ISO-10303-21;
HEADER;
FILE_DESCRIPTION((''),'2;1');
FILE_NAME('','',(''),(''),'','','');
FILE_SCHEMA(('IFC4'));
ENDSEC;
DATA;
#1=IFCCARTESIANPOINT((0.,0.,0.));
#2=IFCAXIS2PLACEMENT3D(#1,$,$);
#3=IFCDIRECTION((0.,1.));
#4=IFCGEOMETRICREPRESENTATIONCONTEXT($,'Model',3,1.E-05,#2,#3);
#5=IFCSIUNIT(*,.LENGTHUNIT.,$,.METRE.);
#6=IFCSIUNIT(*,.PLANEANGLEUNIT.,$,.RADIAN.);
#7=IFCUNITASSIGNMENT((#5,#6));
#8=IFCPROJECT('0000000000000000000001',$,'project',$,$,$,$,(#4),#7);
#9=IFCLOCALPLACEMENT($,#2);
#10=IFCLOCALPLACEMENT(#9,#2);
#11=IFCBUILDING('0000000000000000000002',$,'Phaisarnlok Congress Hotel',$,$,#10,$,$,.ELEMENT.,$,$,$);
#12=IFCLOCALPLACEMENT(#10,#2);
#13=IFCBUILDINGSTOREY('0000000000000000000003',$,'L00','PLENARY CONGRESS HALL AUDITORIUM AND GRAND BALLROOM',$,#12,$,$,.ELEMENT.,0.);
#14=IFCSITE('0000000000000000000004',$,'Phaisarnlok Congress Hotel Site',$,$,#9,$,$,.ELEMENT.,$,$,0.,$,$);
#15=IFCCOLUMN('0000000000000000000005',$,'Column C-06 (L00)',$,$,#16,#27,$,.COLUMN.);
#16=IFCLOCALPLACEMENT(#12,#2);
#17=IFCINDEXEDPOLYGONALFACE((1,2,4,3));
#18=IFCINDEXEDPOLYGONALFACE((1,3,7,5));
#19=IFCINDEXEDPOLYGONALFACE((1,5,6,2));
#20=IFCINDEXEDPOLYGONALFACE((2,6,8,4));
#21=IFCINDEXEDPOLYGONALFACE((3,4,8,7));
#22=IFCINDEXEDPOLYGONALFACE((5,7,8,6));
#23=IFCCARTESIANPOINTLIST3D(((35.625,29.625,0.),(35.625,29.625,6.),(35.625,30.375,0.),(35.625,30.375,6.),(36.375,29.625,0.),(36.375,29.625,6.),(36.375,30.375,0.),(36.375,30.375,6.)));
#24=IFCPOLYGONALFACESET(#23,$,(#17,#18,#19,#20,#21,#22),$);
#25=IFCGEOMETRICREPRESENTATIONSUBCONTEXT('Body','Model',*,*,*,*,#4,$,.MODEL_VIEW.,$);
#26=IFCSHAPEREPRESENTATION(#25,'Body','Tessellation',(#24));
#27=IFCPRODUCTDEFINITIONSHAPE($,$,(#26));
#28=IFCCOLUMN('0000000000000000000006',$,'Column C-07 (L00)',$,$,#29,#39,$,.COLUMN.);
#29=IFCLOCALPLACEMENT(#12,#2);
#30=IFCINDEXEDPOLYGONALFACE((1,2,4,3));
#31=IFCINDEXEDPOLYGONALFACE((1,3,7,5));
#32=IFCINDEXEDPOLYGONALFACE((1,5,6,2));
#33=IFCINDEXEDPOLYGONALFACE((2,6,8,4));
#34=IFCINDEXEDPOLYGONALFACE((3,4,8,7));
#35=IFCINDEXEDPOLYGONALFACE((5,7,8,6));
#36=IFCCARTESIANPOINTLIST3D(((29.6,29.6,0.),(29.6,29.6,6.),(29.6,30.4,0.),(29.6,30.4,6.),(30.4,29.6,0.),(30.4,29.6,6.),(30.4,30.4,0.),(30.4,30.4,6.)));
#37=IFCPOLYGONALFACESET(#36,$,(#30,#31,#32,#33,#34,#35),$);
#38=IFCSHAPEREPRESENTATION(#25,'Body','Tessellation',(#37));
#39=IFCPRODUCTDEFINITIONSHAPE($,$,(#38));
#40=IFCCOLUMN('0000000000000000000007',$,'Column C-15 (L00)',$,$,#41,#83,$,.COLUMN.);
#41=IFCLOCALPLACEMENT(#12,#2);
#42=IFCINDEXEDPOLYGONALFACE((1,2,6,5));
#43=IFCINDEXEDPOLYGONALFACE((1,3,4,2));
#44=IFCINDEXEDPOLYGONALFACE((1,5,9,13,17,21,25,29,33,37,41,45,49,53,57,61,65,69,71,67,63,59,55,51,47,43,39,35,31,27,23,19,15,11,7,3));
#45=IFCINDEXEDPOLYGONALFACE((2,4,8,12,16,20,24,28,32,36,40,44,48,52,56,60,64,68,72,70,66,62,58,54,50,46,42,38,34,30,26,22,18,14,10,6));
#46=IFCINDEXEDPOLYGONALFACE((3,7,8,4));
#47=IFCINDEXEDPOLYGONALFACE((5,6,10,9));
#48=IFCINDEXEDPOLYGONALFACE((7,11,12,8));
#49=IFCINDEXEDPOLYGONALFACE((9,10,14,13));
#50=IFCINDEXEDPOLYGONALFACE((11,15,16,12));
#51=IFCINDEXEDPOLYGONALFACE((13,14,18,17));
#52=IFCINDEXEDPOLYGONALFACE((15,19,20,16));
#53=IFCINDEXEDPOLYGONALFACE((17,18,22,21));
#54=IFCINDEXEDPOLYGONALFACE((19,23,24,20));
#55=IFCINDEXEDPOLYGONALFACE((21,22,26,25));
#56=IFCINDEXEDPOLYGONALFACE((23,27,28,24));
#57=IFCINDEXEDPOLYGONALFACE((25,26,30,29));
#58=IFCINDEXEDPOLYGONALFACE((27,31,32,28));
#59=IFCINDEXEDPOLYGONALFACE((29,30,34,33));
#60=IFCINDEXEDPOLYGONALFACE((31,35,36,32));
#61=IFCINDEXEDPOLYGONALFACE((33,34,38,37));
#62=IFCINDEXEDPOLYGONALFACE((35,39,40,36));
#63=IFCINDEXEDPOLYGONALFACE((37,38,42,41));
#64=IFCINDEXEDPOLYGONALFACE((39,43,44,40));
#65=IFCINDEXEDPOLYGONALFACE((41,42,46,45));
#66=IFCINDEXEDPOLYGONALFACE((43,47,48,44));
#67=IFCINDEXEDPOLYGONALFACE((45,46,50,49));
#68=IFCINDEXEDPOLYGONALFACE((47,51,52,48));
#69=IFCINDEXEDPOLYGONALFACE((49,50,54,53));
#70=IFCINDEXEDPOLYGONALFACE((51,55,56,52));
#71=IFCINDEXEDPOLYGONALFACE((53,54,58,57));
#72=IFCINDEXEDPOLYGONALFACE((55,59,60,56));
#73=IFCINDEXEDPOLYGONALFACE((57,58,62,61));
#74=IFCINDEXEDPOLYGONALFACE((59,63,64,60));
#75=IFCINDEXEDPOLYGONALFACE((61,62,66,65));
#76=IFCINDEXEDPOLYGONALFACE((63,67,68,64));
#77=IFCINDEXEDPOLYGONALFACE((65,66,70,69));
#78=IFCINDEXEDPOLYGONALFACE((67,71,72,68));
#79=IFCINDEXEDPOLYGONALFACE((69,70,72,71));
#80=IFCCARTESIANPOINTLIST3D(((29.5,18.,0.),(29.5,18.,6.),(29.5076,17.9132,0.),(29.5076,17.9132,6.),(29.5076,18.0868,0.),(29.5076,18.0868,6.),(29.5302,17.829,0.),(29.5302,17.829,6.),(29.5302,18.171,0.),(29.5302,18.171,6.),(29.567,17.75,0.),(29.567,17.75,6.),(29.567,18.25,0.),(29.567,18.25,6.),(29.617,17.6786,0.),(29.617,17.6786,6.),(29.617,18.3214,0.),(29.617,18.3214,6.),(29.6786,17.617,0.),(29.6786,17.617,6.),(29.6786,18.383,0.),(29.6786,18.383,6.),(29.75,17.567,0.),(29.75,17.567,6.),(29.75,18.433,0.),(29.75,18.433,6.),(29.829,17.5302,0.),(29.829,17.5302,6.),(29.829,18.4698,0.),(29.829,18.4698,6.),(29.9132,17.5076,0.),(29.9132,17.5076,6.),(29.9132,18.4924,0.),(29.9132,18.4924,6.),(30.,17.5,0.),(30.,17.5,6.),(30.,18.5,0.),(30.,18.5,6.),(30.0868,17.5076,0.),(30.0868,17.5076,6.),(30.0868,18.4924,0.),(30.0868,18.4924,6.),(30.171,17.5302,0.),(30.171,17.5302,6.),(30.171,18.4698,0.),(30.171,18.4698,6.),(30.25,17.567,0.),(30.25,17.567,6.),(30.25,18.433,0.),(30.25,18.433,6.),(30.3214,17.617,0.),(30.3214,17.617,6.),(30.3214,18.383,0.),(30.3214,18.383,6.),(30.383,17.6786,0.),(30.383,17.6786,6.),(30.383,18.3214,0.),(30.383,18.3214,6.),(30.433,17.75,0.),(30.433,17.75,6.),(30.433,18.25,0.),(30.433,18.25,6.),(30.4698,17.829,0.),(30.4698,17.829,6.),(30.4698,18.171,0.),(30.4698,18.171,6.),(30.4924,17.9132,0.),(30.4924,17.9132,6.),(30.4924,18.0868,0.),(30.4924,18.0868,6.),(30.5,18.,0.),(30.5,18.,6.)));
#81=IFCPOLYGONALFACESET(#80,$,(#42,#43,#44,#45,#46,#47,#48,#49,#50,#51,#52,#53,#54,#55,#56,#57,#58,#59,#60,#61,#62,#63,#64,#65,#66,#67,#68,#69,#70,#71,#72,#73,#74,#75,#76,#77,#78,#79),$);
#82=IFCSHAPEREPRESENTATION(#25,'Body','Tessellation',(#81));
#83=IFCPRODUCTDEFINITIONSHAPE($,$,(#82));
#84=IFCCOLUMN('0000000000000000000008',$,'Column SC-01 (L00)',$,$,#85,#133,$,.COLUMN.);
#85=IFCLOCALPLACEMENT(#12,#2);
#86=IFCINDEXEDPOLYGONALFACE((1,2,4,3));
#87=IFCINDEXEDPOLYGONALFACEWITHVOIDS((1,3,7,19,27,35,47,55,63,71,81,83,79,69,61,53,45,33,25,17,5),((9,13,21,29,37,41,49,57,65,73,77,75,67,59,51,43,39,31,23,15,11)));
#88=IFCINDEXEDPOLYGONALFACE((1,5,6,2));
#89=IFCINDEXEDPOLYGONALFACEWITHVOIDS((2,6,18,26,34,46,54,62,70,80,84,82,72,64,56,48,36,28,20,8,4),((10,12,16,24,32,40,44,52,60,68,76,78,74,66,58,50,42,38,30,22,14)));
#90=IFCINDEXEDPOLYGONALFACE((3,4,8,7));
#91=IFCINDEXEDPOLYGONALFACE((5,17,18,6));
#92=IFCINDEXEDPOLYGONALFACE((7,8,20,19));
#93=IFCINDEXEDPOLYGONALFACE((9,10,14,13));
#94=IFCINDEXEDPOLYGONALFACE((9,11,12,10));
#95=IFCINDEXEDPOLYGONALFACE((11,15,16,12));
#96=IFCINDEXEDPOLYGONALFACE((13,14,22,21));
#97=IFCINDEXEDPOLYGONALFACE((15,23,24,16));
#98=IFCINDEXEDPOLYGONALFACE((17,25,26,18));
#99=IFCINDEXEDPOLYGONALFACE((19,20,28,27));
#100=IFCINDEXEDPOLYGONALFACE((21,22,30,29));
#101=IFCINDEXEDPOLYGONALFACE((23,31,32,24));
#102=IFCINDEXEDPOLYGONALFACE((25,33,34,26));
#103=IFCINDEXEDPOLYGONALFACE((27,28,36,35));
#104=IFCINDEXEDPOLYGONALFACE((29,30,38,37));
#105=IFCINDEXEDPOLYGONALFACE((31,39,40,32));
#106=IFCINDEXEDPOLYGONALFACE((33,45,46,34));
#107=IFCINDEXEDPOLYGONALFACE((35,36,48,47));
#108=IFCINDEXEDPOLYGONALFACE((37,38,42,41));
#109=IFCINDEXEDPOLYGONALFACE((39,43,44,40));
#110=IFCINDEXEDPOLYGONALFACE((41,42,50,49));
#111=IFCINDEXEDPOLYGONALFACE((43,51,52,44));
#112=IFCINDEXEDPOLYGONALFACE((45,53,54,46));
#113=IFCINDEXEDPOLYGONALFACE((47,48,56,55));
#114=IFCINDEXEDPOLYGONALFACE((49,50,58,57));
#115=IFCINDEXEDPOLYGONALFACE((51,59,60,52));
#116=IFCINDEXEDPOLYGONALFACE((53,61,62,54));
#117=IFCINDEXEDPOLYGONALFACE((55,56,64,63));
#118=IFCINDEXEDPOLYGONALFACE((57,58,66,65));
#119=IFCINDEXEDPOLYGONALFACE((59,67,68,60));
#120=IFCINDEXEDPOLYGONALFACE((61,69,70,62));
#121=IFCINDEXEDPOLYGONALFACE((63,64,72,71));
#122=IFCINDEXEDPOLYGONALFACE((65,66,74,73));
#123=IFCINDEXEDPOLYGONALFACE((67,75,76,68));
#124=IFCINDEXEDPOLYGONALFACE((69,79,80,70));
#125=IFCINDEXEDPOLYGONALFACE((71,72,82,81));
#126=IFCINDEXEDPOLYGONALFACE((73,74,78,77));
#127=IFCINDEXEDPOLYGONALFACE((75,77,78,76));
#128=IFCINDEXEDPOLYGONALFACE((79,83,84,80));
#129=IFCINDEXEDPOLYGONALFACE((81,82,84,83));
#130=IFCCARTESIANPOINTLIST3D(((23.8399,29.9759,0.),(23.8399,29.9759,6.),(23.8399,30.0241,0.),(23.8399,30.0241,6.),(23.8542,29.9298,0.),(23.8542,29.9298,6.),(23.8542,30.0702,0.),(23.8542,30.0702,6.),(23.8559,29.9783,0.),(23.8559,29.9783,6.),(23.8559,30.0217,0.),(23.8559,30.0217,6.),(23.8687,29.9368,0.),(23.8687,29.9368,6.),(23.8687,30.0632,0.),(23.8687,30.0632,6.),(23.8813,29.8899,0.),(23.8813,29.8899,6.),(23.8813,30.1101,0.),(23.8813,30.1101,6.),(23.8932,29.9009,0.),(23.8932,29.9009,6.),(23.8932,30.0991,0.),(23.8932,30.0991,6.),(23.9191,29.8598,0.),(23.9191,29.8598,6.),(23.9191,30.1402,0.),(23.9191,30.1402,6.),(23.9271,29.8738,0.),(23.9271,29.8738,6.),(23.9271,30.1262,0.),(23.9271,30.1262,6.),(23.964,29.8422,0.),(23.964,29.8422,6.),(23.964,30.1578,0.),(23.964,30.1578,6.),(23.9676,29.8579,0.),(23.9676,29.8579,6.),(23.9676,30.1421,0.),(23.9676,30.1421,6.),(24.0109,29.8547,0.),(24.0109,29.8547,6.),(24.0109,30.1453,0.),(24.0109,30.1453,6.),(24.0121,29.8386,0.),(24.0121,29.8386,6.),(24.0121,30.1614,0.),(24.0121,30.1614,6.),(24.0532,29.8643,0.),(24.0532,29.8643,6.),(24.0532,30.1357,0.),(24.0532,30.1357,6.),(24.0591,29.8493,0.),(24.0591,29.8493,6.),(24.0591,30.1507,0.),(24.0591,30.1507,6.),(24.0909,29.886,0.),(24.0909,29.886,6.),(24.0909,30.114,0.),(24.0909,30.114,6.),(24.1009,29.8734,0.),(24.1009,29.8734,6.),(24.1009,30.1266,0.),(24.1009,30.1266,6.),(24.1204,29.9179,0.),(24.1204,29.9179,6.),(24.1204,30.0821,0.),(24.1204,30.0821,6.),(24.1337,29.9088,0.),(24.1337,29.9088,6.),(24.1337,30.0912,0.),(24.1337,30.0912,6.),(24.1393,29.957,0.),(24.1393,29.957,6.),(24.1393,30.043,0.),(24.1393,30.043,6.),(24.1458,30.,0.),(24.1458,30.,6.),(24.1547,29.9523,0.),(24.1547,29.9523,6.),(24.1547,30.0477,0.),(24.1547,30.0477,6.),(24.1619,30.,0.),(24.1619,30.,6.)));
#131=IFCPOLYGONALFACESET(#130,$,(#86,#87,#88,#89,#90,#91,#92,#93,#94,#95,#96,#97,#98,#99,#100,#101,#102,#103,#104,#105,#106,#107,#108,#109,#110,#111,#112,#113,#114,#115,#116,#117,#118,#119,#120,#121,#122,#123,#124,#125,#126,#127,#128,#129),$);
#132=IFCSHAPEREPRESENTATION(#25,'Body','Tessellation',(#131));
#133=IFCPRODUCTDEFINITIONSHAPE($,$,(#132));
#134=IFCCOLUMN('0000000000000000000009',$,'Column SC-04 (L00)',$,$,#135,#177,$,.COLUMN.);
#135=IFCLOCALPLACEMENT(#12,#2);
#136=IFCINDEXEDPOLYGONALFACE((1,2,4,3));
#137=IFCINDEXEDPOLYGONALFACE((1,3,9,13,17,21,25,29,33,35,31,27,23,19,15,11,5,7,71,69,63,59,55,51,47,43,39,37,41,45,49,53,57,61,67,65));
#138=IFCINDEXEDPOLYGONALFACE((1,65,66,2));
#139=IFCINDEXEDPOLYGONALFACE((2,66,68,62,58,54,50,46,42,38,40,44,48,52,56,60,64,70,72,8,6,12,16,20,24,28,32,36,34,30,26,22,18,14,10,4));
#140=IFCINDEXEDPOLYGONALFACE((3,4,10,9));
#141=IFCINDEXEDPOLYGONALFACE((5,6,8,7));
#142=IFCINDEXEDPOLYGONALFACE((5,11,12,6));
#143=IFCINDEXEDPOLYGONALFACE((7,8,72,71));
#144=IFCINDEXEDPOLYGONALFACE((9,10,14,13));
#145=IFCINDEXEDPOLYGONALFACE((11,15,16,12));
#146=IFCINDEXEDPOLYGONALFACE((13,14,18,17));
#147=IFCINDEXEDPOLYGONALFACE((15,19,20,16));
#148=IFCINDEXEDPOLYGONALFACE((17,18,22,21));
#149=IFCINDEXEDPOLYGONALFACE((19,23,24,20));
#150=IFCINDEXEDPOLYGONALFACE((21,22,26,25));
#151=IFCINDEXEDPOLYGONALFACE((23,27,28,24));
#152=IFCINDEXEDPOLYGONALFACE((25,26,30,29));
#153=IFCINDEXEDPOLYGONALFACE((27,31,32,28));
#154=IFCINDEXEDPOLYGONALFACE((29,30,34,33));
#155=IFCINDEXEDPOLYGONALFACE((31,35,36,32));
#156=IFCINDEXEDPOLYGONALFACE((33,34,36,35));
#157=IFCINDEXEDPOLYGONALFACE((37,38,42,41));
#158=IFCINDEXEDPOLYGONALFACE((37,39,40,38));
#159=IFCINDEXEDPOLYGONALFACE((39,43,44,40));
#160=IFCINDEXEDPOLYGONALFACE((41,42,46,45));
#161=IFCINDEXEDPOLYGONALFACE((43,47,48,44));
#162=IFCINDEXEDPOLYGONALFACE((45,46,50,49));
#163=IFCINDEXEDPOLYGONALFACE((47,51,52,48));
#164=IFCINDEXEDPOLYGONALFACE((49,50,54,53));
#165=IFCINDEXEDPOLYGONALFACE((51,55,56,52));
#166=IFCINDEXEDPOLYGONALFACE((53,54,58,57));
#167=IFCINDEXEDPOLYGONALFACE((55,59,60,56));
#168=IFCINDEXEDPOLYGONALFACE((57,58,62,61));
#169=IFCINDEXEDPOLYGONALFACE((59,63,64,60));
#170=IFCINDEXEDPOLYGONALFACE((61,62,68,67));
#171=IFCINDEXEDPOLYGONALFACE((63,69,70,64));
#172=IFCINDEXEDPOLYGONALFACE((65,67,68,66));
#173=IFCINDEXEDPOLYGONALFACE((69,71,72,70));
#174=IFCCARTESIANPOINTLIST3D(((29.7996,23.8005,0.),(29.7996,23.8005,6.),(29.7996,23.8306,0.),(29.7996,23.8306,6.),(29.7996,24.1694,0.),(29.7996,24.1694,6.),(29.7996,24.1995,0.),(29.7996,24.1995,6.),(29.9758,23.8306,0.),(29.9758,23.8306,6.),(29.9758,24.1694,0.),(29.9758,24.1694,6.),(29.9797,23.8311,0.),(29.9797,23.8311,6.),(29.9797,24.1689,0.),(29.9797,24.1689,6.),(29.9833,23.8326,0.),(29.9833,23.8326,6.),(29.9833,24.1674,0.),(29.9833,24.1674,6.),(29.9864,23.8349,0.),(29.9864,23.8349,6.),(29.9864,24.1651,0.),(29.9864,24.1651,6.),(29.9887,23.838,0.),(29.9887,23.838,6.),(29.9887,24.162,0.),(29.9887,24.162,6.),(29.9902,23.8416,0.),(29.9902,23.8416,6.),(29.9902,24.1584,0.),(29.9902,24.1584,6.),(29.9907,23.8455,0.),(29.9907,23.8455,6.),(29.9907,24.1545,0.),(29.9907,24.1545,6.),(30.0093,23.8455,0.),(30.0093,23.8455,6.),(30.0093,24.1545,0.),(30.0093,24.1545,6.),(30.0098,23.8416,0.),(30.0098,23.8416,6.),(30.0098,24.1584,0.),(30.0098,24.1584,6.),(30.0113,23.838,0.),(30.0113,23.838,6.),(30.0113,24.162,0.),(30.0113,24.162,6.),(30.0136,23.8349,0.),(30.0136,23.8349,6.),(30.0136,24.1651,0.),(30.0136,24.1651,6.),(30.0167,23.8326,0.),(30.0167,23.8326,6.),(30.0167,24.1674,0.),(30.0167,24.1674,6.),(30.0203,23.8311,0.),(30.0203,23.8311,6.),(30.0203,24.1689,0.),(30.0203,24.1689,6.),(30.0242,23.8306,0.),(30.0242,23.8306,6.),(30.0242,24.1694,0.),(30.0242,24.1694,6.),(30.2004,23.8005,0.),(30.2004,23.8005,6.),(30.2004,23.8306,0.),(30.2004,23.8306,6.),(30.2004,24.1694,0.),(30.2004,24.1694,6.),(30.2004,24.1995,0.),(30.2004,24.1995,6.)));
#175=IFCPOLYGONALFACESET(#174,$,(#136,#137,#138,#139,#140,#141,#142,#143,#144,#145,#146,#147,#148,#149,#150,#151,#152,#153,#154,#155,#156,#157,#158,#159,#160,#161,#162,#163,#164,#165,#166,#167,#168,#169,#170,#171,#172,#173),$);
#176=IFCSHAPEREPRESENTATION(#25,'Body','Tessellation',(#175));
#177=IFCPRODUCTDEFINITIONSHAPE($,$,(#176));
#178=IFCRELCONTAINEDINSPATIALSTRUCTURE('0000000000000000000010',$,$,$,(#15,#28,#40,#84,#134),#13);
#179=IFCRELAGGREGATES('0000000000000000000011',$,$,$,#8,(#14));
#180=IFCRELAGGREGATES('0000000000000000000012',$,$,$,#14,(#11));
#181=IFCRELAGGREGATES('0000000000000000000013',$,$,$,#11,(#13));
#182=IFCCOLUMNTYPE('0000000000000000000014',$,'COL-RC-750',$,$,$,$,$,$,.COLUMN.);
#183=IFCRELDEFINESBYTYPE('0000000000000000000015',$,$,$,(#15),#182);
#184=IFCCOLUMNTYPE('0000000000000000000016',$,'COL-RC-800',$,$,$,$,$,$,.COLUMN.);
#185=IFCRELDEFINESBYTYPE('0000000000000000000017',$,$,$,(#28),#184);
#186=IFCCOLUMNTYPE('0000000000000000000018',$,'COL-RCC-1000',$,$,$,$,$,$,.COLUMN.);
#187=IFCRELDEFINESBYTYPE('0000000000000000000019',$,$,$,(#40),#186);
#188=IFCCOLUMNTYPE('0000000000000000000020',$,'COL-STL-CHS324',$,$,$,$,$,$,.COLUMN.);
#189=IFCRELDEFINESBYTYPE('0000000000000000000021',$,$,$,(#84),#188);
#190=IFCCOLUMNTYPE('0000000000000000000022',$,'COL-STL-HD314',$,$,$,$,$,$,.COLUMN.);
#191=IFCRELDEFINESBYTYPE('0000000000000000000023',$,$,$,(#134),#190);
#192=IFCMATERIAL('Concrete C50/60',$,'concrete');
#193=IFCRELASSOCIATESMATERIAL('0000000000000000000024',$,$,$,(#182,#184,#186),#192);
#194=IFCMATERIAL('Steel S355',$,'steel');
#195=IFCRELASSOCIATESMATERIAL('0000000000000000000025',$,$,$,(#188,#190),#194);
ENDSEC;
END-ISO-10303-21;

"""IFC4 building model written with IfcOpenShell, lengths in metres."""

from ifc_helpers import new_model, si_unit, direction, frame, origin, origin_2d, place, context, subcontext, project, spatial, rectangle, circle, hollow_circle, i_section, extrude, material, material_profile, profile_set, type_object, element, save


model = new_model("IFC4")

# Units and contexts
model_context = context("Model", 3, precision=1e-05, world=origin(), true_north=direction((0.0, 1.0)))
body_context = subcontext(model_context, "Body", "Model", "MODEL_VIEW")
ifc_project = project(units=[si_unit("LENGTHUNIT", "METRE"), si_unit("PLANEANGLEUNIT", "RADIAN")], contexts=[model_context])

# Site, building, storey
site_placement = place(None, origin())
site = spatial("IfcSite", under=ifc_project, at=site_placement, Name="Phaisarnlok Congress Hotel Site", CompositionType="ELEMENT", RefElevation=0.0)
building_placement = place(site_placement, origin())
building = spatial("IfcBuilding", under=site, at=building_placement, Name="Phaisarnlok Congress Hotel", CompositionType="ELEMENT")
storey_placement = place(building_placement, origin())
storey = spatial("IfcBuildingStorey", under=building, at=storey_placement, Name="L00", Description="PLENARY CONGRESS HALL AUDITORIUM AND GRAND BALLROOM", CompositionType="ELEMENT", Elevation=0.0)

# Columns
ifc_material_1 = material(Name="Concrete C50/60", Category="concrete")
ifc_material_profile_1 = material_profile(ifc_material_1, rectangle(XDim=0.75, YDim=0.75, at=origin_2d()), Name="RC 750x750")
ifc_profile_set_1 = profile_set([ifc_material_profile_1], Name="Concrete C50/60")
column_type_1 = type_object("IfcColumnType", Name="COL-RC-750", PredefinedType="COLUMN", material=ifc_profile_set_1)
column_1_placement = place(storey_placement, frame((36.0, 30.0, 0.0), z_axis=(0.0, 0.0, 1.0), x_axis=(1.0, 0.0, 0.0)))
element("IfcColumn", 1, at=column_1_placement, inside=storey, type_object=column_type_1, Name="Column C-06 (L00)", PredefinedType="COLUMN", context=body_context, shape_type="SweptSolid", body=[
    extrude(rectangle(XDim=0.75, YDim=0.75, at=origin_2d()), origin(), (0.0, 0.0, 1.0), 6.0),
])
ifc_material_profile_2 = material_profile(ifc_material_1, rectangle(XDim=0.8, YDim=0.8, at=origin_2d()), Name="RC 800x800")
ifc_profile_set_2 = profile_set([ifc_material_profile_2], Name="Concrete C50/60")
column_type_2 = type_object("IfcColumnType", Name="COL-RC-800", PredefinedType="COLUMN", material=ifc_profile_set_2)
column_2_placement = place(storey_placement, frame((30.0, 30.0, 0.0), z_axis=(0.0, 0.0, 1.0), x_axis=(1.0, 0.0, 0.0)))
element("IfcColumn", 2, at=column_2_placement, inside=storey, type_object=column_type_2, Name="Column C-07 (L00)", PredefinedType="COLUMN", context=body_context, shape_type="SweptSolid", body=[
    extrude(rectangle(XDim=0.8, YDim=0.8, at=origin_2d()), origin(), (0.0, 0.0, 1.0), 6.0),
])
ifc_material_profile_3 = material_profile(ifc_material_1, circle(Radius=0.5, at=origin_2d()), Name="RCC D1000")
ifc_profile_set_3 = profile_set([ifc_material_profile_3], Name="Concrete C50/60")
column_type_3 = type_object("IfcColumnType", Name="COL-RCC-1000", PredefinedType="COLUMN", material=ifc_profile_set_3)
column_3_placement = place(storey_placement, frame((30.0, 18.0, 0.0), z_axis=(0.0, 0.0, 1.0), x_axis=(1.0, 0.0, 0.0)))
element("IfcColumn", 3, at=column_3_placement, inside=storey, type_object=column_type_3, Name="Column C-15 (L00)", PredefinedType="COLUMN", context=body_context, shape_type="SweptSolid", body=[
    extrude(circle(Radius=0.5, at=origin_2d()), origin(), (0.0, 0.0, 1.0), 6.0),
])
ifc_material_2 = material(Name="Steel S355", Category="steel")
ifc_material_profile_4 = material_profile(ifc_material_2, hollow_circle(Radius=0.1619, WallThickness=0.0161, at=origin_2d()), Name="CHS 323.9x16")
ifc_profile_set_4 = profile_set([ifc_material_profile_4], Name="Steel S355")
column_type_4 = type_object("IfcColumnType", Name="COL-STL-CHS324", PredefinedType="COLUMN", material=ifc_profile_set_4)
column_4_placement = place(storey_placement, frame((24.0, 30.0, 0.0), z_axis=(0.0, 0.0, 1.0), x_axis=(1.0, 0.0, 0.0)))
element("IfcColumn", 4, at=column_4_placement, inside=storey, type_object=column_type_4, Name="Column SC-01 (L00)", PredefinedType="COLUMN", context=body_context, shape_type="SweptSolid", body=[
    extrude(hollow_circle(Radius=0.1619, WallThickness=0.0161, at=origin_2d()), origin(), (0.0, 0.0, 1.0), 6.0),
])
ifc_material_profile_5 = material_profile(ifc_material_2, i_section(OverallWidth=0.4009, OverallDepth=0.3989, WebThickness=0.0186, FlangeThickness=0.03, FilletRadius=0.0149, at=origin_2d()), Name="HD 400x314")
ifc_profile_set_5 = profile_set([ifc_material_profile_5], Name="Steel S355")
column_type_5 = type_object("IfcColumnType", Name="COL-STL-HD314", PredefinedType="COLUMN", material=ifc_profile_set_5)
for number, where, z_axis, x_axis, name in (
    (5, (30.0, 24.0, 0.0), (0.0, 0.0, 1.0), (1.0, 0.0, 0.0), "Column SC-04 (L00)"),
):
    element("IfcColumn", number, at=place(storey_placement, frame(where, z_axis=z_axis, x_axis=x_axis)), inside=storey, type_object=column_type_5, Name=name, PredefinedType="COLUMN", context=body_context, shape_type="SweptSolid", body=[
        extrude(i_section(OverallWidth=0.4009, OverallDepth=0.3989, WebThickness=0.0186, FlangeThickness=0.03, FilletRadius=0.0149, at=origin_2d()), origin(), (0.0, 0.0, 1.0), 6.0),
    ])

save(model, "model.ifc")
